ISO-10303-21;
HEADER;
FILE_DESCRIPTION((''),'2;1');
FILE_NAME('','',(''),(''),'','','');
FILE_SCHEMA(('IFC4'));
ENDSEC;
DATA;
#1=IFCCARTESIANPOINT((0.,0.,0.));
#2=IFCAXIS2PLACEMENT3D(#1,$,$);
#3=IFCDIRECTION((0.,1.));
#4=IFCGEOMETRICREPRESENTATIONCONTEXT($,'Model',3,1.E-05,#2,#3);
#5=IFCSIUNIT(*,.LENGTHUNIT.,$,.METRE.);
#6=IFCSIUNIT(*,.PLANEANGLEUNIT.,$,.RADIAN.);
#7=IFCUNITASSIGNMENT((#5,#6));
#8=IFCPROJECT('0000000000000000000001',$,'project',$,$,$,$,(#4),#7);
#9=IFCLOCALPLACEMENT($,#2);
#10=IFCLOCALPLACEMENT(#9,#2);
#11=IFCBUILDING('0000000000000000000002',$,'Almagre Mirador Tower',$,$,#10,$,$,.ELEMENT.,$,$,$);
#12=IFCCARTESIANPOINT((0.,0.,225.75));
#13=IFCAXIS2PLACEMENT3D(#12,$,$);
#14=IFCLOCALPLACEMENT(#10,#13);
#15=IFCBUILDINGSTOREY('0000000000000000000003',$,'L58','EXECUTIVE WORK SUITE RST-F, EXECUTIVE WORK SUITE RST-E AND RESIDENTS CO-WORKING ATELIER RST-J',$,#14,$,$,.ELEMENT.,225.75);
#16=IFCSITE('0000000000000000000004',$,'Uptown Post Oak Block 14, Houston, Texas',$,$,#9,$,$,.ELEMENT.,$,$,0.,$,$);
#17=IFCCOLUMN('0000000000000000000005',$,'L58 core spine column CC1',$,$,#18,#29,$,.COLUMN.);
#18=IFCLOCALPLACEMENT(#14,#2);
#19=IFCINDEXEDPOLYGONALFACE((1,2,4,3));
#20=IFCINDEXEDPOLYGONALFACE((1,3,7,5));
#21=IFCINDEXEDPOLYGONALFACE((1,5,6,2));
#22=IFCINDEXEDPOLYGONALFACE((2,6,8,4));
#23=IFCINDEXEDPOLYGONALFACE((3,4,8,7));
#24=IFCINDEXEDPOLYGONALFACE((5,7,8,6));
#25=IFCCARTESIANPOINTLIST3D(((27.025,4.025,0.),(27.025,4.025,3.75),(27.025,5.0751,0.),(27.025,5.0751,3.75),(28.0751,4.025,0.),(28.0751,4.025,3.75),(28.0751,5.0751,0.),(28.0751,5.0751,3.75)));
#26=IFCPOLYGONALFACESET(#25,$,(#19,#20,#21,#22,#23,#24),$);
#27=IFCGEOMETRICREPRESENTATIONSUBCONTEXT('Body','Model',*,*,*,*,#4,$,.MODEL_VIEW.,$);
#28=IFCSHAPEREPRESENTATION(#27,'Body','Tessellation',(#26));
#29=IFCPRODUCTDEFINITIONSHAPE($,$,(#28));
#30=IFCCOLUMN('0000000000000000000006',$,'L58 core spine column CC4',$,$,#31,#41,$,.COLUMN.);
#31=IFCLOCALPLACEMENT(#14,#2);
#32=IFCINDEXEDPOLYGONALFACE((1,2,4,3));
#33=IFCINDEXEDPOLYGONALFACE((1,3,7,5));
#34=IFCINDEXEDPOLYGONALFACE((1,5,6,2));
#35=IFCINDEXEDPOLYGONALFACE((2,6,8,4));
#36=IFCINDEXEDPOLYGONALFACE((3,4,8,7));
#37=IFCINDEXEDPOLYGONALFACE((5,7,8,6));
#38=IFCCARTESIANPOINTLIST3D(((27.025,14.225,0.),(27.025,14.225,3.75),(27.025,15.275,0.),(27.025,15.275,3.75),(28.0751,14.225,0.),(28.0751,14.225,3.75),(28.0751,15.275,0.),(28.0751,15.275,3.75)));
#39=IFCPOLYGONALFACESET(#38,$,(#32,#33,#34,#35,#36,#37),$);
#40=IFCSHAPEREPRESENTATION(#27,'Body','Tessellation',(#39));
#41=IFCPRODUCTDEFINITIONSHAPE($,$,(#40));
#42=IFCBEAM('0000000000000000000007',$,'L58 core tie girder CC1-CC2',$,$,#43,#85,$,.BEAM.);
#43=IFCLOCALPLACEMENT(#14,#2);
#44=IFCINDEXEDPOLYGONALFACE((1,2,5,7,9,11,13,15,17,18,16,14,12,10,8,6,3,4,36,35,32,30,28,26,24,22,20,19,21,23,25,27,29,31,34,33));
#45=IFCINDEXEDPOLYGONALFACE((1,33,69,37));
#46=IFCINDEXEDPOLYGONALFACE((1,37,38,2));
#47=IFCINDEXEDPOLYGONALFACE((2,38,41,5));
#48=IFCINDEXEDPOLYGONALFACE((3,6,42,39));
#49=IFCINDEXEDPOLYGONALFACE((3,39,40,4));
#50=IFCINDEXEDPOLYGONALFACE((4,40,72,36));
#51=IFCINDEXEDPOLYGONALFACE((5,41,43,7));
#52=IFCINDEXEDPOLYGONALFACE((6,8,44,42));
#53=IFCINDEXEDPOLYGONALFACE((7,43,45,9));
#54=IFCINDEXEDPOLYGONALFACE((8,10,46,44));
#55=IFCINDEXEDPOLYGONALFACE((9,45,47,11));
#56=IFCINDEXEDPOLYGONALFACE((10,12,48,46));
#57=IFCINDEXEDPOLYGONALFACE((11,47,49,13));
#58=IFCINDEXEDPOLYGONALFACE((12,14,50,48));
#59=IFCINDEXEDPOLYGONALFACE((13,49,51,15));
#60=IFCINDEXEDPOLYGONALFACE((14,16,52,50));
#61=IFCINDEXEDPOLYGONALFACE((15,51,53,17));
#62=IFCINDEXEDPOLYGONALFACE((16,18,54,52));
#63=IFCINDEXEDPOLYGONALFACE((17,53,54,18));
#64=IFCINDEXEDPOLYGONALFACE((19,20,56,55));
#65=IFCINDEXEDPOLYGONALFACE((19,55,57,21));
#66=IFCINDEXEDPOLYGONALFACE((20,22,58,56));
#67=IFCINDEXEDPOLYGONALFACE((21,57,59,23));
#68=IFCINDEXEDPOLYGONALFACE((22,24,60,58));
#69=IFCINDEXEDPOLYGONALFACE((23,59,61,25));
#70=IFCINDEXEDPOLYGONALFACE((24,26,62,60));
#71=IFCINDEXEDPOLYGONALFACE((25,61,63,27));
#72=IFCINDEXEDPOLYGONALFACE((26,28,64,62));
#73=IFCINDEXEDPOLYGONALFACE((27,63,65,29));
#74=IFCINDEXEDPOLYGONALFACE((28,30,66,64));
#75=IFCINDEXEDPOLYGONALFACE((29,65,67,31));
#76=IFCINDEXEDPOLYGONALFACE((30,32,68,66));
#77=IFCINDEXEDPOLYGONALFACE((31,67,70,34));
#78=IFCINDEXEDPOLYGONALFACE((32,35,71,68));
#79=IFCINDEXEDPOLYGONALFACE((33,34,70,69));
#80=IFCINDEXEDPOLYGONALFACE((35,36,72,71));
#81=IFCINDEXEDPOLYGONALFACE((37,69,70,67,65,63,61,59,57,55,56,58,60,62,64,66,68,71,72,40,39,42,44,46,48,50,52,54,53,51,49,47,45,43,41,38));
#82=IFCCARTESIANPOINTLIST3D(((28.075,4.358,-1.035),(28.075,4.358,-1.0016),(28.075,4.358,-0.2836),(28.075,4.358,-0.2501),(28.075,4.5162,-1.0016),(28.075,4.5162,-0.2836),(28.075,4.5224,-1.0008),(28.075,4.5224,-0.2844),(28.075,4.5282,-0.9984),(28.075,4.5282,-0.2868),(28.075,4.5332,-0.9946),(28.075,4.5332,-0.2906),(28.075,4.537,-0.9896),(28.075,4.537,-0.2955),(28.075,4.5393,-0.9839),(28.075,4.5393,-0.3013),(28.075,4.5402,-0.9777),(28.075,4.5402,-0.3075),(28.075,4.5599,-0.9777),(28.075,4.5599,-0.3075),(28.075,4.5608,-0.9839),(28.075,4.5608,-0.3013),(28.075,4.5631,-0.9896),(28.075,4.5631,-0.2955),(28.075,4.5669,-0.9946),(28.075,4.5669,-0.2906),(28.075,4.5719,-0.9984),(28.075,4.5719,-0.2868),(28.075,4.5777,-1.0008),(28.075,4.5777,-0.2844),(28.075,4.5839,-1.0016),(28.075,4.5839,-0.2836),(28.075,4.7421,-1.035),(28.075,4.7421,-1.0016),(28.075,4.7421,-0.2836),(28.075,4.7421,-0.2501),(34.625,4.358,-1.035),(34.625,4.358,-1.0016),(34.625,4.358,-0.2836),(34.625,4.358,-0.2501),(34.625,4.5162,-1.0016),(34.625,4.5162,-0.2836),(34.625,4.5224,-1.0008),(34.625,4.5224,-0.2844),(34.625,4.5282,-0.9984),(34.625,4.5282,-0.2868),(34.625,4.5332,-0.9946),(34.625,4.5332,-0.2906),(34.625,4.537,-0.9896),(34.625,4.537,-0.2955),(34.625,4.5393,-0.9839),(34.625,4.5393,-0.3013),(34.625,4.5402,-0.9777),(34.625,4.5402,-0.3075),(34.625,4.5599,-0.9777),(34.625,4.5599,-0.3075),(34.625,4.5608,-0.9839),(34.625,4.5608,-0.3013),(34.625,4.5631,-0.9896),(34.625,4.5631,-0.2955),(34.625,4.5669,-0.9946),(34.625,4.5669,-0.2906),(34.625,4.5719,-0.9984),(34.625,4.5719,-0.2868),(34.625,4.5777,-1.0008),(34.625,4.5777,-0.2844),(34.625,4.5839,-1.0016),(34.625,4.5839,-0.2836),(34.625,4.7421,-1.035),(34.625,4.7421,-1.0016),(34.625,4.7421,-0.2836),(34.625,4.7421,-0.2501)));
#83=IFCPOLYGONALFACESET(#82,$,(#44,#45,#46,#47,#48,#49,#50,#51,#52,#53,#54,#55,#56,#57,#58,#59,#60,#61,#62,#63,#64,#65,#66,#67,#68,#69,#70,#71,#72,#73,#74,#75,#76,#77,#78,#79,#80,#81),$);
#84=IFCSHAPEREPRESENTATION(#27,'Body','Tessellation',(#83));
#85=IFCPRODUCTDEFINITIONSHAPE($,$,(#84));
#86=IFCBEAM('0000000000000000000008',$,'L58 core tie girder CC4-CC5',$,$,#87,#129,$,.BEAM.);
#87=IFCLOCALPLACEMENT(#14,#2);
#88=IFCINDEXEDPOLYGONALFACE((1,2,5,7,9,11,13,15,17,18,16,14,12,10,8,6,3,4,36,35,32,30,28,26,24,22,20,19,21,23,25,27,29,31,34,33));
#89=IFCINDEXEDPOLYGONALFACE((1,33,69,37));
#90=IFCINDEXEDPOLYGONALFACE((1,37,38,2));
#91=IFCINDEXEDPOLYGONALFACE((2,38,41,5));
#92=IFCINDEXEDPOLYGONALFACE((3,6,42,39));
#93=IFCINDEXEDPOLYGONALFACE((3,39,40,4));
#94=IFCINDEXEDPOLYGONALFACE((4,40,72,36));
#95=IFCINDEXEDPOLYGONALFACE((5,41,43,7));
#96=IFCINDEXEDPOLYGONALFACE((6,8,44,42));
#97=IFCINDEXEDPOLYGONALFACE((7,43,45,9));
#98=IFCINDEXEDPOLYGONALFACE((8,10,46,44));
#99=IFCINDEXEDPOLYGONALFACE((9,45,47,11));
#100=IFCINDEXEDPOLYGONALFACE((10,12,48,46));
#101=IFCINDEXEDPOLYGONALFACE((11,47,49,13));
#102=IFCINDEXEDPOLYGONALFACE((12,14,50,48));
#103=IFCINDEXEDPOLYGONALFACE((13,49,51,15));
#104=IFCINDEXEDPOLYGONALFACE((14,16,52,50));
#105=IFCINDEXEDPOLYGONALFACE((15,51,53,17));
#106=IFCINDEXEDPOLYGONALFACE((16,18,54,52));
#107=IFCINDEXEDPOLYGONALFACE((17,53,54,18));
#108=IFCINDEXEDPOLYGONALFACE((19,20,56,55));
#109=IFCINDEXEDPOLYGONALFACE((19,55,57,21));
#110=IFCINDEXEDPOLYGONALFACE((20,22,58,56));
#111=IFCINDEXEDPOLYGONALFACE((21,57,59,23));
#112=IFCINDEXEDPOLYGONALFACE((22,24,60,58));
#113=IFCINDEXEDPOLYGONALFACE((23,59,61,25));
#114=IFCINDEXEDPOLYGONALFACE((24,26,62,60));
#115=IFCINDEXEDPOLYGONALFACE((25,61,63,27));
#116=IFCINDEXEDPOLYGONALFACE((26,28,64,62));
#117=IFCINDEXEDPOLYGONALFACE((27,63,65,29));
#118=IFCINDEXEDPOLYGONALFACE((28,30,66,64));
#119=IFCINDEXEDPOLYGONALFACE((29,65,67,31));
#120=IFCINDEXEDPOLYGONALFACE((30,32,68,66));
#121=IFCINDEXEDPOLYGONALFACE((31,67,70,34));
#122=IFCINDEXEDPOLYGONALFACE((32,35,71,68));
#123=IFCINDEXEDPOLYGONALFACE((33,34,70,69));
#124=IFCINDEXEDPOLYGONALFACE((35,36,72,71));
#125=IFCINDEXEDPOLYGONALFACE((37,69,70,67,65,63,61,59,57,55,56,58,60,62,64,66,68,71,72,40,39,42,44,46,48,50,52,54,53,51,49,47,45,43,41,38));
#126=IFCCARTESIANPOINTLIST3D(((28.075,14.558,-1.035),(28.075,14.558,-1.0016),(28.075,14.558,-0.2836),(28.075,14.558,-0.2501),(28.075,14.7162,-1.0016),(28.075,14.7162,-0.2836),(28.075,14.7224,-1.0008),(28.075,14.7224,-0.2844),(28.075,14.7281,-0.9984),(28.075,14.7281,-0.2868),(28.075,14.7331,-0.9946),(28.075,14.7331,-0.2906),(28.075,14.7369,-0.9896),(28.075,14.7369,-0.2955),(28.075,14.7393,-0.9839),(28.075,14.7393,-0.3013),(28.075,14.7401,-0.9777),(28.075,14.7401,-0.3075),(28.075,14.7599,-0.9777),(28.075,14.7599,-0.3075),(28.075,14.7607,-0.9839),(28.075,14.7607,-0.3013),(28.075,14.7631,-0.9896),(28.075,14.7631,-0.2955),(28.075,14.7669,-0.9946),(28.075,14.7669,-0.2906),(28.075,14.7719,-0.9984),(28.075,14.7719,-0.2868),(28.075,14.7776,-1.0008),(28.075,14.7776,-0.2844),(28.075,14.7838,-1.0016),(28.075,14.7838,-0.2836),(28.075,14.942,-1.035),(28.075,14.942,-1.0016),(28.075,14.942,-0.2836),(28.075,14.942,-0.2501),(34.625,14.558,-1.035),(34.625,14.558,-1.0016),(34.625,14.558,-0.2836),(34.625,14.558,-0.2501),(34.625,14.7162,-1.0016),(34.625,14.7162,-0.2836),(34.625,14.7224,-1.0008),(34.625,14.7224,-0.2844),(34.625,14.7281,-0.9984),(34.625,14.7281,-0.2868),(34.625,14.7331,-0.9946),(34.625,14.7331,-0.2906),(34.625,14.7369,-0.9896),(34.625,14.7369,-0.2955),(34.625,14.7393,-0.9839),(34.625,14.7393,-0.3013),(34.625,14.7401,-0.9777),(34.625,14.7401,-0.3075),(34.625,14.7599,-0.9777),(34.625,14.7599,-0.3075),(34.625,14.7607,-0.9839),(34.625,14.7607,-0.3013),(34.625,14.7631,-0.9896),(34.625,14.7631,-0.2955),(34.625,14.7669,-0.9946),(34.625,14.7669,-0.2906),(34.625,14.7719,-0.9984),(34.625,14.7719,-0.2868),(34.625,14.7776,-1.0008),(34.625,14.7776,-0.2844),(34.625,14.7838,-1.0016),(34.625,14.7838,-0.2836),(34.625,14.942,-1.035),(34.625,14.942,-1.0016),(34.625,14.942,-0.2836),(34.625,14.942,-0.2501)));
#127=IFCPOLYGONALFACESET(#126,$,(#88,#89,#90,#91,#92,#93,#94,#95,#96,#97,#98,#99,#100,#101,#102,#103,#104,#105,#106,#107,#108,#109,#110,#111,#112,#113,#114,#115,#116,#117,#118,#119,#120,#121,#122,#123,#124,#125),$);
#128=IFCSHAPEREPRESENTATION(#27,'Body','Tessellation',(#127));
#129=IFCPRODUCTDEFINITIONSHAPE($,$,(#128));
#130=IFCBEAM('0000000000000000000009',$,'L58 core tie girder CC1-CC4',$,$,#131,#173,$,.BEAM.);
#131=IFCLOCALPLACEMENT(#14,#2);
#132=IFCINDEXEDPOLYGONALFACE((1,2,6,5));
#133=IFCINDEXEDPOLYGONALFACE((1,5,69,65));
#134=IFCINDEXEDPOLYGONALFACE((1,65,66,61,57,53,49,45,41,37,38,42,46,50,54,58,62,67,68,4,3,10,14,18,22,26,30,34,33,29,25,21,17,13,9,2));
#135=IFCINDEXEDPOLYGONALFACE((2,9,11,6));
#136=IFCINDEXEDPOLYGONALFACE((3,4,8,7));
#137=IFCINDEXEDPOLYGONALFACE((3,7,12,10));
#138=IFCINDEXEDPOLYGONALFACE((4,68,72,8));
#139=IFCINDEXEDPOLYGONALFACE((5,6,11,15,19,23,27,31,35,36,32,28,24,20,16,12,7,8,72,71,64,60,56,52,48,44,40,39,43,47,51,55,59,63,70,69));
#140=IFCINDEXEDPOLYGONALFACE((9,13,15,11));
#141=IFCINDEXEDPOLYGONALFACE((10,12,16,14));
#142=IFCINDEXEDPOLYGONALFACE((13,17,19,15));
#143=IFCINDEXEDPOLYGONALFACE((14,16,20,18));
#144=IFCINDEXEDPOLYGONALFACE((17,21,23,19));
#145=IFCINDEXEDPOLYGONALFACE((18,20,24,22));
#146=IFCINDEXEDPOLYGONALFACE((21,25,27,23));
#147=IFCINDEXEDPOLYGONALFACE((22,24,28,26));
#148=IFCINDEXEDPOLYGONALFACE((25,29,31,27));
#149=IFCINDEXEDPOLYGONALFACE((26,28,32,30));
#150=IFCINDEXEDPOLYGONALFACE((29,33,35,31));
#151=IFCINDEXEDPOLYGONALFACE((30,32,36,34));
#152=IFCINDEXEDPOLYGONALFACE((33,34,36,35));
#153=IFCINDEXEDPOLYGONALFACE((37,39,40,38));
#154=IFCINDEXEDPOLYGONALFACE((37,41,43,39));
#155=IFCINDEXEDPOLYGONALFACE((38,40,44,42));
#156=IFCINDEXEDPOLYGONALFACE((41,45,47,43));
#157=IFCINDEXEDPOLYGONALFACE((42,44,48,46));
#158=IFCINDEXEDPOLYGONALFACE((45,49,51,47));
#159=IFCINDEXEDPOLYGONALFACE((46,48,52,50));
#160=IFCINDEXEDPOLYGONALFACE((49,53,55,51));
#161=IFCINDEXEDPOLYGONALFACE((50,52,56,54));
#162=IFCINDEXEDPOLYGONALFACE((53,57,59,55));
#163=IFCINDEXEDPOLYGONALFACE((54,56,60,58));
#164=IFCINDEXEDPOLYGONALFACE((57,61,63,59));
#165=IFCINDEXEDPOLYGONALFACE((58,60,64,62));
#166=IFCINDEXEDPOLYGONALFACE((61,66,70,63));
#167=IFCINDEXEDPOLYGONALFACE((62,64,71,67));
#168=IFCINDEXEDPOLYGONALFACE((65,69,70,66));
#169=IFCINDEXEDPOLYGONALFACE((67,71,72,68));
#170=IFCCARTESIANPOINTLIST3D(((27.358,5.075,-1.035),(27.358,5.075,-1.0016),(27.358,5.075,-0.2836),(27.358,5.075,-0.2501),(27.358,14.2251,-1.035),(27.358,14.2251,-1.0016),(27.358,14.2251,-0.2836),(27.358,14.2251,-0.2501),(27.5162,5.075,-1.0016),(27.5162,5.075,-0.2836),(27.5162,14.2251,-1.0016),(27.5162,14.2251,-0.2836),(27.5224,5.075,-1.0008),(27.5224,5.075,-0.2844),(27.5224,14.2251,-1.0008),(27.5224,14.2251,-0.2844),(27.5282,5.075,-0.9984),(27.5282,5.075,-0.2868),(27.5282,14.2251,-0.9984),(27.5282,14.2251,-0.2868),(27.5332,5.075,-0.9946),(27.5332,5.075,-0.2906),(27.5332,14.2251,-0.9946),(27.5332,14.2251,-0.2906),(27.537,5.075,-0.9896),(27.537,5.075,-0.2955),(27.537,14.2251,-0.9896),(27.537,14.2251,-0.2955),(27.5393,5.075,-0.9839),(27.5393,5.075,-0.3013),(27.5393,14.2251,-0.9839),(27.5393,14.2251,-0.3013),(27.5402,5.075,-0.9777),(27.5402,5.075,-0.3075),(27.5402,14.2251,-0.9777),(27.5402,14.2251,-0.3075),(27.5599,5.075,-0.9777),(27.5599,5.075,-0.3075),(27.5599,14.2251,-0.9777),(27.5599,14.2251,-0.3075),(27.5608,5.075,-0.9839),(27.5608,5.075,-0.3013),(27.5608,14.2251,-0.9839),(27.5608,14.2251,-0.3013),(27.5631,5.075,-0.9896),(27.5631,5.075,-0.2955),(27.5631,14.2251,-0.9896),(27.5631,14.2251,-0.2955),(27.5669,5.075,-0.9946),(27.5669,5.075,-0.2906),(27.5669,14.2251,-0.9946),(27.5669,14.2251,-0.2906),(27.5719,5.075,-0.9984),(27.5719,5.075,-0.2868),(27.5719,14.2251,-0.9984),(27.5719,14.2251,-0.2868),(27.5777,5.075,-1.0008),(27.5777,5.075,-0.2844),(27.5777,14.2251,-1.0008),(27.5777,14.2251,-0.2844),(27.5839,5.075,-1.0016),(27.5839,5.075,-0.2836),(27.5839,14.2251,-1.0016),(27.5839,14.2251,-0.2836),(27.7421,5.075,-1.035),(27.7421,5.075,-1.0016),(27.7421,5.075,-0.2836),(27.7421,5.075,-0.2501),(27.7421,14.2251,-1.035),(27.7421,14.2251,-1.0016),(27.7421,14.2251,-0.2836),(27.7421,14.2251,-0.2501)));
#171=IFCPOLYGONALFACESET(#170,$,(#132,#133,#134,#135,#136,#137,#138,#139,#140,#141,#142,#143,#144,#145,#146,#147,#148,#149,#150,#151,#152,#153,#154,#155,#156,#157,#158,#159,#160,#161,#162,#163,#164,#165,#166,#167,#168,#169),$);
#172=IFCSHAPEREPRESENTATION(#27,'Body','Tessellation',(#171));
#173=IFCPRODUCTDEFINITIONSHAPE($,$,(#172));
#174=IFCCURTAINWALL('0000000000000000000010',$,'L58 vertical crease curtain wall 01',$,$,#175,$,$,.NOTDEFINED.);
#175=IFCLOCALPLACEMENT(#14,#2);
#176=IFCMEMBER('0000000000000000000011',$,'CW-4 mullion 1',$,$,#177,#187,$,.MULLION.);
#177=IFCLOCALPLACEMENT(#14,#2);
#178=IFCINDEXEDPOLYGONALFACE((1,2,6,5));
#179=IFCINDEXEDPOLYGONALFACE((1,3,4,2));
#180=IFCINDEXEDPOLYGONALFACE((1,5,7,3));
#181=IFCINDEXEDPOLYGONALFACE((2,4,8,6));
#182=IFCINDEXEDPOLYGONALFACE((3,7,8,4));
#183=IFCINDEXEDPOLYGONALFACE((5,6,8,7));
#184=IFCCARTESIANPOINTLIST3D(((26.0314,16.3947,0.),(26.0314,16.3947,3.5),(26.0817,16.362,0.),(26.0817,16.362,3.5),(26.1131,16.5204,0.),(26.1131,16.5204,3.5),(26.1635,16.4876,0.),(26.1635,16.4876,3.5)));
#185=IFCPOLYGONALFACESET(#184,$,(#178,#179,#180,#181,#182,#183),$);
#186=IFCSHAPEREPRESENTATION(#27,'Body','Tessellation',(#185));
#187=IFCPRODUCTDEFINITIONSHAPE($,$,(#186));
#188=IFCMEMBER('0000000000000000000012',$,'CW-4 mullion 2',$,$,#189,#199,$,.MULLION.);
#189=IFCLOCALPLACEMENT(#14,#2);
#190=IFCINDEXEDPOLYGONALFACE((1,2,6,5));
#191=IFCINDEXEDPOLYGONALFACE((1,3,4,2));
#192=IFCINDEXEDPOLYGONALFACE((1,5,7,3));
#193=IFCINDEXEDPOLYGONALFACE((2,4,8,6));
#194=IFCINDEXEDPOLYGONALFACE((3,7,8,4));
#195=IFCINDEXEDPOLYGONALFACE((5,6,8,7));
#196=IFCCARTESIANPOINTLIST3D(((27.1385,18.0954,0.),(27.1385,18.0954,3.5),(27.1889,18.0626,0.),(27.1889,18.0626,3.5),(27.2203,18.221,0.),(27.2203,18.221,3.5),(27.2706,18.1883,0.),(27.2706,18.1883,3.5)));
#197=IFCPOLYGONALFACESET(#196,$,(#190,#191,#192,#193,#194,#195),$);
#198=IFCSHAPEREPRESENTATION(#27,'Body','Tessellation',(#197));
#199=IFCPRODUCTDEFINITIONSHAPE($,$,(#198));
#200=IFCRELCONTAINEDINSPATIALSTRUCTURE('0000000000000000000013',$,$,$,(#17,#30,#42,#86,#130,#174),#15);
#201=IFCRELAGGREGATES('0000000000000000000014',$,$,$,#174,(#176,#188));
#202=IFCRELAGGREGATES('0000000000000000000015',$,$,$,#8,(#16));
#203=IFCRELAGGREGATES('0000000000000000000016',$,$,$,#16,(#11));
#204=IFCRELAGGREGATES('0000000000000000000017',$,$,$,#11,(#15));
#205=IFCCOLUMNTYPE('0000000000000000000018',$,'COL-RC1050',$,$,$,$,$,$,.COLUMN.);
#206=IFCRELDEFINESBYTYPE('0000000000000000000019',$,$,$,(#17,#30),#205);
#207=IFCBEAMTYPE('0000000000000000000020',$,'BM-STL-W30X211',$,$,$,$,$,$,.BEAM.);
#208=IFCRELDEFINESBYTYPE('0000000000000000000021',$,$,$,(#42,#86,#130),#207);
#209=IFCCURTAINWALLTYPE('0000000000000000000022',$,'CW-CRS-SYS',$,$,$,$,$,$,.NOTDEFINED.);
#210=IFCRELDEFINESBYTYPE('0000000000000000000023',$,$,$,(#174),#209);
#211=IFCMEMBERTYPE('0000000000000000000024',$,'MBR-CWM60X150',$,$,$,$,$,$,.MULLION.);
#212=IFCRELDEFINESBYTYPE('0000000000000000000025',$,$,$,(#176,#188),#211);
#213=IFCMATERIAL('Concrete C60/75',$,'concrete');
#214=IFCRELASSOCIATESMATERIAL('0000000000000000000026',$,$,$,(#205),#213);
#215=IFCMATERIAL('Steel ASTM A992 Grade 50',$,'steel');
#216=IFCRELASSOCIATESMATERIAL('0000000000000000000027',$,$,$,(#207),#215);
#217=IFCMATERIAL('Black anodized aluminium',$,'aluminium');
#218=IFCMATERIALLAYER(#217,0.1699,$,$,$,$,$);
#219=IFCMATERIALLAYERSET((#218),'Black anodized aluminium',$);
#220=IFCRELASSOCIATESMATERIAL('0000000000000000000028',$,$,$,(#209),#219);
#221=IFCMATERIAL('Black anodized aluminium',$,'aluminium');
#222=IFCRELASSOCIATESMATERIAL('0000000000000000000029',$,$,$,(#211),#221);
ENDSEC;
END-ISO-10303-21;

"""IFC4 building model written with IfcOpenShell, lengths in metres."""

from ifc_helpers import new_model, si_unit, direction, frame, origin, origin_2d, place, context, subcontext, project, spatial, rectangle, i_section, extrude, material, layer, layer_set, material_profile, profile_set, type_object, element, aggregate, save


model = new_model("IFC4")

# Units and contexts
model_context = context("Model", 3, precision=1e-05, world=origin(), true_north=direction((0.0, 1.0)))
body_context = subcontext(model_context, "Body", "Model", "MODEL_VIEW")
ifc_project = project(units=[si_unit("LENGTHUNIT", "METRE"), si_unit("PLANEANGLEUNIT", "RADIAN")], contexts=[model_context])

# Site, building, storey
site_placement = place(None, origin())
site = spatial("IfcSite", under=ifc_project, at=site_placement, Name="Uptown Post Oak Block 14, Houston, Texas", CompositionType="ELEMENT", RefElevation=0.0)
building_placement = place(site_placement, origin())
building = spatial("IfcBuilding", under=site, at=building_placement, Name="Almagre Mirador Tower", CompositionType="ELEMENT")
storey_placement = place(building_placement, frame((0.0, 0.0, 225.75)))
storey = spatial("IfcBuildingStorey", under=building, at=storey_placement, Name="L58", Description="EXECUTIVE WORK SUITE RST-F, EXECUTIVE WORK SUITE RST-E AND RESIDENTS CO-WORKING ATELIER RST-J", CompositionType="ELEMENT", Elevation=225.75)

# Columns
ifc_material_1 = material(Name="Concrete C60/75", Category="concrete")
ifc_material_profile_1 = material_profile(ifc_material_1, rectangle(XDim=1.05, YDim=1.05, at=origin_2d()), Name="RC1050X1050")
ifc_profile_set_1 = profile_set([ifc_material_profile_1], Name="Concrete C60/75")
column_type = type_object("IfcColumnType", Name="COL-RC1050", PredefinedType="COLUMN", material=ifc_profile_set_1)
for number, where, z_axis, x_axis, name in (
    (1, (27.55, 4.55, 0.0), (0.0, 0.0, 1.0), (1.0, 0.0, 0.0), "L58 core spine column CC1"),
    (2, (27.55, 14.75, 0.0), (0.0, 0.0, 1.0), (1.0, 0.0, 0.0), "L58 core spine column CC4"),
):
    element("IfcColumn", number, at=place(storey_placement, frame(where, z_axis=z_axis, x_axis=x_axis)), inside=storey, type_object=column_type, Name=name, PredefinedType="COLUMN", context=body_context, shape_type="SweptSolid", body=[
        extrude(rectangle(XDim=1.05, YDim=1.05, at=origin_2d()), origin(), (0.0, 0.0, 1.0), 3.75),
    ])

# Beams
ifc_material_2 = material(Name="Steel ASTM A992 Grade 50", Category="steel")
ifc_material_profile_2 = material_profile(ifc_material_2, i_section(OverallWidth=0.384, OverallDepth=0.7849, WebThickness=0.0198, FlangeThickness=0.0334, FilletRadius=0.0239, at=origin_2d()), Name="W30X211")
ifc_profile_set_2 = profile_set([ifc_material_profile_2], Name="Steel ASTM A992 Grade 50")
beam_type = type_object("IfcBeamType", Name="BM-STL-W30X211", PredefinedType="BEAM", material=ifc_profile_set_2)
for number, where, z_axis, x_axis, name in (
    (3, (28.075, 4.55, -0.6426), (1.0, 0.0, 0.0), (0.0, 1.0, 0.0), "L58 core tie girder CC1-CC2"),
    (4, (28.075, 14.75, -0.6426), (1.0, 0.0, 0.0), (0.0, 1.0, 0.0), "L58 core tie girder CC4-CC5"),
):
    element("IfcBeam", number, at=place(storey_placement, frame(where, z_axis=z_axis, x_axis=x_axis)), inside=storey, type_object=beam_type, Name=name, PredefinedType="BEAM", context=body_context, shape_type="SweptSolid", body=[
        extrude(i_section(OverallWidth=0.384, OverallDepth=0.7849, WebThickness=0.0198, FlangeThickness=0.0334, FilletRadius=0.0239, at=origin_2d()), origin(), (0.0, 0.0, 1.0), 6.55),
    ])
beam_placement = place(storey_placement, frame((27.55, 5.075, -0.6426), z_axis=(0.0, 1.0, 0.0), x_axis=(-1.0, 0.0, 0.0)))
element("IfcBeam", 5, at=beam_placement, inside=storey, type_object=beam_type, Name="L58 core tie girder CC1-CC4", PredefinedType="BEAM", context=body_context, shape_type="SweptSolid", body=[
    extrude(i_section(OverallWidth=0.384, OverallDepth=0.7849, WebThickness=0.0198, FlangeThickness=0.0334, FilletRadius=0.0239, at=origin_2d()), origin(), (0.0, 0.0, 1.0), 9.1501),
])

# Curtain wall, members
ifc_material_3 = material(Name="Black anodized aluminium", Category="aluminium")
ifc_layer_1 = layer(ifc_material_3, 0.1699)
ifc_layer_set_1 = layer_set([ifc_layer_1], Name="Black anodized aluminium")
curtain_wall_type_1 = type_object("IfcCurtainWallType", Name="CW-CRS-SYS", PredefinedType="NOTDEFINED", material=ifc_layer_set_1)
curtain_wall_1_placement = place(storey_placement, origin())
curtain_wall_1 = element("IfcCurtainWall", 6, at=curtain_wall_1_placement, inside=storey, type_object=curtain_wall_type_1, Name="L58 vertical crease curtain wall 01", PredefinedType="NOTDEFINED")
ifc_material_4 = material(Name="Black anodized aluminium", Category="aluminium")
ifc_material_profile_3 = material_profile(ifc_material_4, rectangle(XDim=0.0601, YDim=0.1499, at=origin_2d()), Name="CWM60X150")
ifc_profile_set_3 = profile_set([ifc_material_profile_3], Name="Black anodized aluminium")
member_type_1 = type_object("IfcMemberType", Name="MBR-CWM60X150", PredefinedType="MULLION", material=ifc_profile_set_3)
member_1_placement = place(storey_placement, frame((26.0974, 16.4412, 0.0), z_axis=(0.0, 0.0, 1.0), x_axis=(-0.838039, 0.545611, 0.0)))
member_1 = element("IfcMember", 7, at=member_1_placement, type_object=member_type_1, Name="CW-4 mullion 1", PredefinedType="MULLION", context=body_context, shape_type="SweptSolid", body=[
    extrude(rectangle(XDim=0.0601, YDim=0.1499, at=origin_2d()), origin(), (0.0, 0.0, 1.0), 3.5),
])
member_2_placement = place(storey_placement, frame((27.2046, 18.1418, 0.0), z_axis=(0.0, 0.0, 1.0), x_axis=(-0.838039, 0.545611, 0.0)))
member_2 = element("IfcMember", 8, at=member_2_placement, type_object=member_type_1, Name="CW-4 mullion 2", PredefinedType="MULLION", context=body_context, shape_type="SweptSolid", body=[
    extrude(rectangle(XDim=0.0601, YDim=0.1499, at=origin_2d()), origin(), (0.0, 0.0, 1.0), 3.5),
])

aggregate(curtain_wall_1, [member_1, member_2])

save(model, "model.ifc")
